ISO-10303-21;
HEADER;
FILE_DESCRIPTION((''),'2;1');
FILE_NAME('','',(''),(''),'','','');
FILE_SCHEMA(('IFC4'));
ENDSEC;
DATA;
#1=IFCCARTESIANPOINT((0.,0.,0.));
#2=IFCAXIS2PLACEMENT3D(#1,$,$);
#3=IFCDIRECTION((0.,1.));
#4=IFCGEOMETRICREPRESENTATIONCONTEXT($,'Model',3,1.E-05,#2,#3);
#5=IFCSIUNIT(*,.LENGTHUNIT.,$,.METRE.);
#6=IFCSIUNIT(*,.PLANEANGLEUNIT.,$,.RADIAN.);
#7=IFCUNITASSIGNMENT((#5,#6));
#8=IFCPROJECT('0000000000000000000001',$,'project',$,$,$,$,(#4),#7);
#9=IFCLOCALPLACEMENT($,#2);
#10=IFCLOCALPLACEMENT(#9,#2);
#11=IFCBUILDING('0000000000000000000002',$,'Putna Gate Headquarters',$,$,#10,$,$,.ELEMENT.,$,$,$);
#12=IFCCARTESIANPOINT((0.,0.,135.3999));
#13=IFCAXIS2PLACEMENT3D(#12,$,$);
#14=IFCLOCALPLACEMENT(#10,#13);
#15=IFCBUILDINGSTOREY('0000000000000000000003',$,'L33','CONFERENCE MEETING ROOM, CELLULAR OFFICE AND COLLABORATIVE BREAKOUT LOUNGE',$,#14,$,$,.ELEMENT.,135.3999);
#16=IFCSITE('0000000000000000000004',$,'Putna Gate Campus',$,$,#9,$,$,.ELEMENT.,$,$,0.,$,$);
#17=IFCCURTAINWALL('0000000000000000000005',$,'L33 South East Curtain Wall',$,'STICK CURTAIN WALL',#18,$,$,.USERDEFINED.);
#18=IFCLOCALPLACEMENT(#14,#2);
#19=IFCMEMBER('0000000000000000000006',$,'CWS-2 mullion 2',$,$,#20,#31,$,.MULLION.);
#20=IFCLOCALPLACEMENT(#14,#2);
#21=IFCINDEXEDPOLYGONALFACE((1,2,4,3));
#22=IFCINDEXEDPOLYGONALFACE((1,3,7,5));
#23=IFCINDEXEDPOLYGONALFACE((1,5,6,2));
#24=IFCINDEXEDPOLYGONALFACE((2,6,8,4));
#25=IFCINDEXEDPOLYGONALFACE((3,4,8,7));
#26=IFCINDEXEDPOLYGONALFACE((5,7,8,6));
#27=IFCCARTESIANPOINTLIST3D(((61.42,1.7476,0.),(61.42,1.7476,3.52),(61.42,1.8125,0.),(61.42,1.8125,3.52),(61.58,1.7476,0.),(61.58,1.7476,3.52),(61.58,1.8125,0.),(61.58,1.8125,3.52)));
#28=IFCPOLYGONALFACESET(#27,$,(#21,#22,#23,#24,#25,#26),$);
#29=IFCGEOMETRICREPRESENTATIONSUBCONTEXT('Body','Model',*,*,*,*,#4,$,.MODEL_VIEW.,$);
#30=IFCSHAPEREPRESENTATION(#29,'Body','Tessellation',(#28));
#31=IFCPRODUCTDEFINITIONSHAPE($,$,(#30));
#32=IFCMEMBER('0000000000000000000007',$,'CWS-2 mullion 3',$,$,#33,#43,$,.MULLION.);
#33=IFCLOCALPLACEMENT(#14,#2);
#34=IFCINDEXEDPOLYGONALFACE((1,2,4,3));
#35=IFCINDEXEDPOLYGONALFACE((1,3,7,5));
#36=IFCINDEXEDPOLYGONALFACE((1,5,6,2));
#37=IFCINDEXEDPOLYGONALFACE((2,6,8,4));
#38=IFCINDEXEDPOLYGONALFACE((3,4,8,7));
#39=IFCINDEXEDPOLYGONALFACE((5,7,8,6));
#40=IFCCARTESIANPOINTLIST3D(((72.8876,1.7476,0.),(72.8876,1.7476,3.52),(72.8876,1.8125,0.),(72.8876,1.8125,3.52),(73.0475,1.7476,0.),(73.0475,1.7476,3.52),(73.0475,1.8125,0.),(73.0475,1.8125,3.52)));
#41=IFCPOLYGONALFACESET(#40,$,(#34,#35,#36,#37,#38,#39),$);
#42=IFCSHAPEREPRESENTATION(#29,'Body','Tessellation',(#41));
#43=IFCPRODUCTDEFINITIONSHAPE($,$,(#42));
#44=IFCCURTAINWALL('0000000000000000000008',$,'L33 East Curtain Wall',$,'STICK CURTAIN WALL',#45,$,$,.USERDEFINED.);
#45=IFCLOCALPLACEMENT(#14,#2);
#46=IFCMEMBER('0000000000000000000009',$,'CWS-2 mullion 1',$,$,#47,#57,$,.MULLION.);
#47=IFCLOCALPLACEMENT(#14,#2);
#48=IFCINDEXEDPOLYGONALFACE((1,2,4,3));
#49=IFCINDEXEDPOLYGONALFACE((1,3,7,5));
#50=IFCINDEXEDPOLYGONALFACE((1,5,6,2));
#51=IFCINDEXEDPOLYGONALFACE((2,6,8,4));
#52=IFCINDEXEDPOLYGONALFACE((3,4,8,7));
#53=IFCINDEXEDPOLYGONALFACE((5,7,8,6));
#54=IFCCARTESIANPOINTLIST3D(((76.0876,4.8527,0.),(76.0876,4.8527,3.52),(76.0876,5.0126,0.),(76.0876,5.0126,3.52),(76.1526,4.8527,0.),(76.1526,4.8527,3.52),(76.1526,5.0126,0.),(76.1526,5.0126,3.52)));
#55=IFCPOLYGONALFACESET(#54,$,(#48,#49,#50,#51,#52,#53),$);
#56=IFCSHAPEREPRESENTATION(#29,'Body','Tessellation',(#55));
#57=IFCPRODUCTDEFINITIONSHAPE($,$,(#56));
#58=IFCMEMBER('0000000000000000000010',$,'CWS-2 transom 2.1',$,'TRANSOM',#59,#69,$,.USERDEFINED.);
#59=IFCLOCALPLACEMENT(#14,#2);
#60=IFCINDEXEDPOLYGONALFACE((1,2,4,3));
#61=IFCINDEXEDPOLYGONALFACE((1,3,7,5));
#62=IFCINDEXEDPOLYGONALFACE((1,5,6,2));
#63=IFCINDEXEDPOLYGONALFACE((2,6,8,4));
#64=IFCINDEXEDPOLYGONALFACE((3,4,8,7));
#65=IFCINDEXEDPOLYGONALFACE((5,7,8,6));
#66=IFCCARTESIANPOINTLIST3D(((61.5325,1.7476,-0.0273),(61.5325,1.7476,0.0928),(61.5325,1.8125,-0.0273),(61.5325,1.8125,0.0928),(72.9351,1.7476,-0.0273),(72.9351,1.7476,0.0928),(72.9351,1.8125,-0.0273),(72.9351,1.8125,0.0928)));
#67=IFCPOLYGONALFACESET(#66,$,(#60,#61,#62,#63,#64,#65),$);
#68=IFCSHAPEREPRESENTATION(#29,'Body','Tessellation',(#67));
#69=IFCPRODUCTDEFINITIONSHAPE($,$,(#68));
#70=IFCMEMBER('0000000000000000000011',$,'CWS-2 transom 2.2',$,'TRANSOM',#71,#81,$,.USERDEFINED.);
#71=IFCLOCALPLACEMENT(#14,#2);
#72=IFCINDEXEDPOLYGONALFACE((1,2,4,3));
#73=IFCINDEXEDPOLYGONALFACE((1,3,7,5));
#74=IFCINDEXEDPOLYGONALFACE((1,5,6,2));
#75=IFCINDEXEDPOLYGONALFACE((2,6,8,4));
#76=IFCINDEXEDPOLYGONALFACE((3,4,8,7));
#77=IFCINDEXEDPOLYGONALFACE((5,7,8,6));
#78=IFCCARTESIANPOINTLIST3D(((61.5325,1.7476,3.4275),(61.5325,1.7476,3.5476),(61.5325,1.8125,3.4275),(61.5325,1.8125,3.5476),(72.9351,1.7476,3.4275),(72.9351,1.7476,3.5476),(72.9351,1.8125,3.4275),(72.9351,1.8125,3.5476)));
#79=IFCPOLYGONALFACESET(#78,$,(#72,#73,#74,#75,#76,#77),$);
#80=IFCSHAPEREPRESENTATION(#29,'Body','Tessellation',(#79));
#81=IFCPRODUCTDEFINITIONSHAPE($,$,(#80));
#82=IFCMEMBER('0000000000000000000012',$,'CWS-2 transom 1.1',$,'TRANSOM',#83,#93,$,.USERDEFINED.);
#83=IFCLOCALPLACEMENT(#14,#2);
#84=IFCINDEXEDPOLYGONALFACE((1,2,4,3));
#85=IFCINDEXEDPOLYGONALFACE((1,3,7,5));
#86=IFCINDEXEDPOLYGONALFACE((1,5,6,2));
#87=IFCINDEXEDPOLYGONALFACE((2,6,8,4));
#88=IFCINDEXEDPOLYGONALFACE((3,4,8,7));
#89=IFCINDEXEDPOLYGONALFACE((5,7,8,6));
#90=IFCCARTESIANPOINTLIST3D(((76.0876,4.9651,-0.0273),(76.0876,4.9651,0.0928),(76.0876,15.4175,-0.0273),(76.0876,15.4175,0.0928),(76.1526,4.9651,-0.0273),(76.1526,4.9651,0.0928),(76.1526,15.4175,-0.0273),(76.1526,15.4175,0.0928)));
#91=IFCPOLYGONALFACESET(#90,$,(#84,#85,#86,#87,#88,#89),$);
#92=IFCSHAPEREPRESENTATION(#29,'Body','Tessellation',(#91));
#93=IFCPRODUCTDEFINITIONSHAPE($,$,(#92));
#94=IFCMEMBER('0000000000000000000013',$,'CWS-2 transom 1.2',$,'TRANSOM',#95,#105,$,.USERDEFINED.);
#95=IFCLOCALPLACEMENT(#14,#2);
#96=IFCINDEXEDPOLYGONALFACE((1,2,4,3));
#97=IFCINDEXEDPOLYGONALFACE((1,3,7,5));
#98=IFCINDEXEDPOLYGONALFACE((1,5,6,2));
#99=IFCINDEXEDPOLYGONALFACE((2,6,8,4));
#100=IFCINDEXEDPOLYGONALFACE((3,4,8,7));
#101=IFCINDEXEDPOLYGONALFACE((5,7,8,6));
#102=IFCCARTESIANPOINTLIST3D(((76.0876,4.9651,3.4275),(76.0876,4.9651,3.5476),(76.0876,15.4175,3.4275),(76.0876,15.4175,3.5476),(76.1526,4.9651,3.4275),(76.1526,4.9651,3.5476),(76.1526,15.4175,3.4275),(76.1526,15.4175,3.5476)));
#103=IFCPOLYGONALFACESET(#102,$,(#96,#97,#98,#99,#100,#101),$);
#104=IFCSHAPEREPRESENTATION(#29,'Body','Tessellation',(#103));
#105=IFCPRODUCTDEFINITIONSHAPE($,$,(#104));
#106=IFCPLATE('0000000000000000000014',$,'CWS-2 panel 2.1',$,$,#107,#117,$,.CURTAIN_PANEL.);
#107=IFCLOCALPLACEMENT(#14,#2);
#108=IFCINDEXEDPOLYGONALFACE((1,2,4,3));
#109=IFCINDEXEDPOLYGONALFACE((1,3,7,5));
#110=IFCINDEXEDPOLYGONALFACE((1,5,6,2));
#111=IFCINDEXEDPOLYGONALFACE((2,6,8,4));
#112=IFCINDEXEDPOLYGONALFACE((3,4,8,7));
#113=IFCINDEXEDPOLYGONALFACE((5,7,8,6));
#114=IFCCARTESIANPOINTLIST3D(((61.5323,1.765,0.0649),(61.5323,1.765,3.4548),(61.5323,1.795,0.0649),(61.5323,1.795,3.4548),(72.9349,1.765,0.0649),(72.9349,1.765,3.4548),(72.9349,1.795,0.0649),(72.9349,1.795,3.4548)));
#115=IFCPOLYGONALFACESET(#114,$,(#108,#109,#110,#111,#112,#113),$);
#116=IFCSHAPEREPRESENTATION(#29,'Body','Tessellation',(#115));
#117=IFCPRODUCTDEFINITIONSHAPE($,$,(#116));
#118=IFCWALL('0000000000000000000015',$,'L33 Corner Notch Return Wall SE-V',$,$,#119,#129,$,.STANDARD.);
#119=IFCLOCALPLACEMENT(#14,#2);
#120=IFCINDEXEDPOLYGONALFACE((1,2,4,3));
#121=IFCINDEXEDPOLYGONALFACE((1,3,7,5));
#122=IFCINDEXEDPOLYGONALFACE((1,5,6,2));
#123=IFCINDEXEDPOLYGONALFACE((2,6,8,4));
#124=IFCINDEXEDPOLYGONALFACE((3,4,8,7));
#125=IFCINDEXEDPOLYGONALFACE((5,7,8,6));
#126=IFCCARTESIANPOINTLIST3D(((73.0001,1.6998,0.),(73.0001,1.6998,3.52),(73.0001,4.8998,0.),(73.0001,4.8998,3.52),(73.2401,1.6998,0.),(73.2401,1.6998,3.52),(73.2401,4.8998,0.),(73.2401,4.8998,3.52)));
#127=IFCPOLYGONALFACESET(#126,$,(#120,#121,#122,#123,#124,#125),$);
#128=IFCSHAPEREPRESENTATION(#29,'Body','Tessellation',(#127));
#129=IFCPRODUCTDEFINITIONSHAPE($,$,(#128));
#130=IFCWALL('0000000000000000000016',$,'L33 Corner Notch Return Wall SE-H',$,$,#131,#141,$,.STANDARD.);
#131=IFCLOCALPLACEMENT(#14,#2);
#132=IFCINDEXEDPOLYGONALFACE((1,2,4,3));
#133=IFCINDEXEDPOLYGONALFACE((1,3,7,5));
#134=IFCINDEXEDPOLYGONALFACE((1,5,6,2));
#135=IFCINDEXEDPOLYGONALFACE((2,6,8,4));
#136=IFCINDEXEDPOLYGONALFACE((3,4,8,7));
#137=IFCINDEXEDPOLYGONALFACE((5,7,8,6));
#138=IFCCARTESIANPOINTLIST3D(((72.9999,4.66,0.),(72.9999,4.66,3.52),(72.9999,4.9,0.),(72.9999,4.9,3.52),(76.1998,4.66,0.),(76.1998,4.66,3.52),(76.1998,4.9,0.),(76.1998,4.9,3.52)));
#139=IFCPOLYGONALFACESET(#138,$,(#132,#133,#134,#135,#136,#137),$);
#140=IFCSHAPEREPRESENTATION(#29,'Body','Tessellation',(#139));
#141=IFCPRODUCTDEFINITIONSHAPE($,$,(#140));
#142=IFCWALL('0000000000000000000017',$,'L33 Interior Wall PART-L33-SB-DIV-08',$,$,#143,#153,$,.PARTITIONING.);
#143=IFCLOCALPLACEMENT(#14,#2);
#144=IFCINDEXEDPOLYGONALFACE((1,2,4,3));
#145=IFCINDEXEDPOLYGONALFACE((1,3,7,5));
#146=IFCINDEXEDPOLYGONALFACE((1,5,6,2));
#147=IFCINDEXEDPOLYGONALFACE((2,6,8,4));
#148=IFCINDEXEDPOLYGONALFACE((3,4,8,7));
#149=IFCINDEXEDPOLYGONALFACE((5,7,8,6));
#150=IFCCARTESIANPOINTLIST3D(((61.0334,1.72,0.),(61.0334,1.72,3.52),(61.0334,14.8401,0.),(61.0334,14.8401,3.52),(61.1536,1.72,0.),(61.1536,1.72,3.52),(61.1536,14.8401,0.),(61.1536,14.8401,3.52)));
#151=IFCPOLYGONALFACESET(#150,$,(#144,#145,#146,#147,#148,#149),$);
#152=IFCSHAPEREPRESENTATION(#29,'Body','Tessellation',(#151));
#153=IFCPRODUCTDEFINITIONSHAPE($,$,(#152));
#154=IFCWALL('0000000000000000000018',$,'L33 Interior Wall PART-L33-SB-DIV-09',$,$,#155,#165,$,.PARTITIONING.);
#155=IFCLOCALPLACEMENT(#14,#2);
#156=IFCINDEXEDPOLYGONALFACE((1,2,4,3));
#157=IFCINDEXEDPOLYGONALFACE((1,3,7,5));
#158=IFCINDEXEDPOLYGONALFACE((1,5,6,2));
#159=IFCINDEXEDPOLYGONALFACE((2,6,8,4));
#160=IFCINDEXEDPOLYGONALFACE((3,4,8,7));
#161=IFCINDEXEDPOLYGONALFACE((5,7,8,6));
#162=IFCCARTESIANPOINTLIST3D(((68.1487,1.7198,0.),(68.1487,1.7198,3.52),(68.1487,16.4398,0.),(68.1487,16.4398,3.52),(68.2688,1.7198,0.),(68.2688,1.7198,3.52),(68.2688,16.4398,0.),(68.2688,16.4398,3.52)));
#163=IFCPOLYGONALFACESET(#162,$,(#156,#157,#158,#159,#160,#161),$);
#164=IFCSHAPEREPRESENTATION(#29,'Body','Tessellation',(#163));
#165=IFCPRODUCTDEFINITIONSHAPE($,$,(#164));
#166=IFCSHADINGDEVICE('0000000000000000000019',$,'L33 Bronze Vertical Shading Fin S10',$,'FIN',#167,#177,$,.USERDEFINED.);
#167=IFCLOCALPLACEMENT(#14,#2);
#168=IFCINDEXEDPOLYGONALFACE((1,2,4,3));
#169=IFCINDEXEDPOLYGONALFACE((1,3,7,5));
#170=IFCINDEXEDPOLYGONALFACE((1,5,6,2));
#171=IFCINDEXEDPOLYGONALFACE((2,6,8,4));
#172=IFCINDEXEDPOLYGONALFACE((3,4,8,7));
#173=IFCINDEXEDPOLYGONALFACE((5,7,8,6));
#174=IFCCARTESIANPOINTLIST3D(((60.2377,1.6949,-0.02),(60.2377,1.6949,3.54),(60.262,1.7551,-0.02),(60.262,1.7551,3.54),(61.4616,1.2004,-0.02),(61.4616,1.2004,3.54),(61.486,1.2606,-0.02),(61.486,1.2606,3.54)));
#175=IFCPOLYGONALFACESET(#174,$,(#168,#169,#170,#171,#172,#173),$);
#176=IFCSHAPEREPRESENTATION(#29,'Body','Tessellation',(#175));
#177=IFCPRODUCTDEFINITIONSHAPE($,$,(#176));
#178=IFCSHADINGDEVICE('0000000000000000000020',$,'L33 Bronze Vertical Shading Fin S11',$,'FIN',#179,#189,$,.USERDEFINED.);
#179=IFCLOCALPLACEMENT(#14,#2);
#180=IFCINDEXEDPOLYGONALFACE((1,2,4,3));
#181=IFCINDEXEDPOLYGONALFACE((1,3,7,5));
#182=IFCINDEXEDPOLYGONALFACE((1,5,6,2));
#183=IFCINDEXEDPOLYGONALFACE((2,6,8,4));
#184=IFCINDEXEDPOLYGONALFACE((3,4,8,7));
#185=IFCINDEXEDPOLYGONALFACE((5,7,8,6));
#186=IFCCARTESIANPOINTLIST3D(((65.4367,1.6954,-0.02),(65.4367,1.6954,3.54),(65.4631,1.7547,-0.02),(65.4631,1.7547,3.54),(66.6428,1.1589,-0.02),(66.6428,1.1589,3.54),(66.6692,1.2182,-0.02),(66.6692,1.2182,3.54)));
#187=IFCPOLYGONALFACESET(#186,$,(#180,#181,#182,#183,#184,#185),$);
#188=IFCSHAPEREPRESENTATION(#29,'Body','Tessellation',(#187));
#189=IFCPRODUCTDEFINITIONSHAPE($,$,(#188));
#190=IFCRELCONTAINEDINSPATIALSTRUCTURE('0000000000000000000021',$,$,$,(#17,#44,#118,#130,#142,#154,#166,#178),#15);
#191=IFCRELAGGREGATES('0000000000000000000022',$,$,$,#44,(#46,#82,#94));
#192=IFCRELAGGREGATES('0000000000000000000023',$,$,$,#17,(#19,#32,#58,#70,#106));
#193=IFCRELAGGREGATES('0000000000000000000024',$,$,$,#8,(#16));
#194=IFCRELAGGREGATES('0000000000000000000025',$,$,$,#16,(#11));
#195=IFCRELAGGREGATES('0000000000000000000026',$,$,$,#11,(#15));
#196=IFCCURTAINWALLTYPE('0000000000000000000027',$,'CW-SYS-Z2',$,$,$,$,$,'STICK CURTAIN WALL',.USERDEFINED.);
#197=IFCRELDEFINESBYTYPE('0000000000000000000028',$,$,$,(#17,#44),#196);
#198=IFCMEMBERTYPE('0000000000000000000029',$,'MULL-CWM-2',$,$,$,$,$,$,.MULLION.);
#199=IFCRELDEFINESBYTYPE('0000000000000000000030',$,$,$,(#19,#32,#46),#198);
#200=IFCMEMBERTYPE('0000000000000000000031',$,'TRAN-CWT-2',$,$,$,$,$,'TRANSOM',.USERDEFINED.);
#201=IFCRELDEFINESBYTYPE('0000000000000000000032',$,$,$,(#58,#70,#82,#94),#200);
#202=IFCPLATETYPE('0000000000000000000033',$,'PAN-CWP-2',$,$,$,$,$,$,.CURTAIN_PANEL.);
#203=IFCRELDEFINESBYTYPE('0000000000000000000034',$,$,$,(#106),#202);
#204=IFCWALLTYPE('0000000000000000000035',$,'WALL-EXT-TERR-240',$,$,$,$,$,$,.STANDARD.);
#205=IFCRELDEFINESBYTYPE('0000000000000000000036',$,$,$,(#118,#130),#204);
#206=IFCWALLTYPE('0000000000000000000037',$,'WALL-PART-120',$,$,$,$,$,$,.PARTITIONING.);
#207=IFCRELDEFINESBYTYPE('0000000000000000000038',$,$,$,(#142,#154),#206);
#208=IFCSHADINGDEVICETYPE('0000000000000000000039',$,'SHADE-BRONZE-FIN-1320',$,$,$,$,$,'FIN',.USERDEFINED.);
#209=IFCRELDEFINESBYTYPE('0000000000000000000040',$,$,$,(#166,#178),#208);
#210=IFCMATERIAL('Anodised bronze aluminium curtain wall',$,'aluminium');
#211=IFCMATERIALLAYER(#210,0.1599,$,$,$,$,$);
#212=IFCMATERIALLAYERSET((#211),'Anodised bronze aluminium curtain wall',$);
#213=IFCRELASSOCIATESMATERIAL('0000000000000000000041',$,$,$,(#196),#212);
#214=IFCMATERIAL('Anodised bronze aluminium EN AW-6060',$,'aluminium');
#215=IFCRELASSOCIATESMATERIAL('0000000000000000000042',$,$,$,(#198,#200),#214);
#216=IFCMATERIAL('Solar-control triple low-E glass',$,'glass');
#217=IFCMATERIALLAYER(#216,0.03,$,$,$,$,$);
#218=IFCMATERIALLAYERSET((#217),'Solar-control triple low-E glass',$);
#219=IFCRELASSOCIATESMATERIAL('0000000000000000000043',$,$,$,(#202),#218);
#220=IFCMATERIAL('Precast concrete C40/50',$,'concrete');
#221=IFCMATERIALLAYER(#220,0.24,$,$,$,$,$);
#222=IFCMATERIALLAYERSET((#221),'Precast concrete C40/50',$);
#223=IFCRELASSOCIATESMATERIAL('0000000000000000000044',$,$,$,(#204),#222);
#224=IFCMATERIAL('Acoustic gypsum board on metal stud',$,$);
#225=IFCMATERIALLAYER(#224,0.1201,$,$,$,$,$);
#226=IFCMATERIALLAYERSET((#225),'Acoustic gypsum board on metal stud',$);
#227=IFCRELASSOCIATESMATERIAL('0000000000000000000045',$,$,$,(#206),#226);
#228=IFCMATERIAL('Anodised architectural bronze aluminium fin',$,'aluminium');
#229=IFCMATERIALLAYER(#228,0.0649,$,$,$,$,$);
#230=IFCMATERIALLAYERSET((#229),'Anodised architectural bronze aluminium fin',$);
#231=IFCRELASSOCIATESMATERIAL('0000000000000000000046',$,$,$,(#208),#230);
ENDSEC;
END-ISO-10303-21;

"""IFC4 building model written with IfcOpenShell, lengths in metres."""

from ifc_helpers import new_model, si_unit, direction, frame, frame_2d, origin, origin_2d, place, context, subcontext, project, spatial, rectangle, extrude, material, layer, layer_set, material_profile, profile_set, type_object, element, aggregate, save


model = new_model("IFC4")

# Units and contexts
model_context = context("Model", 3, precision=1e-05, world=origin(), true_north=direction((0.0, 1.0)))
body_context = subcontext(model_context, "Body", "Model", "MODEL_VIEW")
ifc_project = project(units=[si_unit("LENGTHUNIT", "METRE"), si_unit("PLANEANGLEUNIT", "RADIAN")], contexts=[model_context])

# Site, building, storey
site_placement = place(None, origin())
site = spatial("IfcSite", under=ifc_project, at=site_placement, Name="Putna Gate Campus", CompositionType="ELEMENT", RefElevation=0.0)
building_placement = place(site_placement, origin())
building = spatial("IfcBuilding", under=site, at=building_placement, Name="Putna Gate Headquarters", CompositionType="ELEMENT")
storey_placement = place(building_placement, frame((0.0, 0.0, 135.3999)))
storey = spatial("IfcBuildingStorey", under=building, at=storey_placement, Name="L33", Description="CONFERENCE MEETING ROOM, CELLULAR OFFICE AND COLLABORATIVE BREAKOUT LOUNGE", CompositionType="ELEMENT", Elevation=135.3999)

# Curtain wall, members
ifc_material_1 = material(Name="Anodised bronze aluminium curtain wall", Category="aluminium")
ifc_layer_1 = layer(ifc_material_1, 0.1599)
ifc_layer_set_1 = layer_set([ifc_layer_1], Name="Anodised bronze aluminium curtain wall")
curtain_wall_type = type_object("IfcCurtainWallType", Name="CW-SYS-Z2", ElementType="STICK CURTAIN WALL", PredefinedType="USERDEFINED", material=ifc_layer_set_1)
curtain_wall_1_placement = place(storey_placement, origin())
curtain_wall_1 = element("IfcCurtainWall", 1, at=curtain_wall_1_placement, inside=storey, type_object=curtain_wall_type, Name="L33 South East Curtain Wall", ObjectType="STICK CURTAIN WALL", PredefinedType="USERDEFINED")
ifc_material_2 = material(Name="Anodised bronze aluminium EN AW-6060", Category="aluminium")
ifc_material_profile_1 = material_profile(ifc_material_2, rectangle(XDim=0.0649, YDim=0.1599, at=origin_2d()), Name="Anodised bronze aluminium EN AW-6060")
ifc_profile_set_1 = profile_set([ifc_material_profile_1], Name="Anodised bronze aluminium EN AW-6060")
member_type_1 = type_object("IfcMemberType", Name="MULL-CWM-2", PredefinedType="MULLION", material=ifc_profile_set_1)
member_1_placement = place(storey_placement, frame((61.5, 1.78, 0.0), z_axis=(0.0, 0.0, 1.0), x_axis=(0.0, 1.0, 0.0)))
member_1 = element("IfcMember", 2, at=member_1_placement, type_object=member_type_1, Name="CWS-2 mullion 2", PredefinedType="MULLION", context=body_context, shape_type="SweptSolid", body=[
    extrude(rectangle(XDim=0.0649, YDim=0.1599, at=origin_2d()), origin(), (0.0, 0.0, 1.0), 3.52),
])
member_2_placement = place(storey_placement, frame((72.9675, 1.78, 0.0), z_axis=(0.0, 0.0, 1.0), x_axis=(0.0, 1.0, 0.0)))
member_2 = element("IfcMember", 3, at=member_2_placement, type_object=member_type_1, Name="CWS-2 mullion 3", PredefinedType="MULLION", context=body_context, shape_type="SweptSolid", body=[
    extrude(rectangle(XDim=0.0649, YDim=0.1599, at=origin_2d()), origin(), (0.0, 0.0, 1.0), 3.52),
])

# Curtain wall, member
curtain_wall_2_placement = place(storey_placement, origin())
curtain_wall_2 = element("IfcCurtainWall", 4, at=curtain_wall_2_placement, inside=storey, type_object=curtain_wall_type, Name="L33 East Curtain Wall", ObjectType="STICK CURTAIN WALL", PredefinedType="USERDEFINED")
member_3_placement = place(storey_placement, frame((76.1201, 4.9326, 0.0), z_axis=(0.0, 0.0, 1.0), x_axis=(-1.0, 0.0, 0.0)))
member_3 = element("IfcMember", 5, at=member_3_placement, type_object=member_type_1, Name="CWS-2 mullion 1", PredefinedType="MULLION", context=body_context, shape_type="SweptSolid", body=[
    extrude(rectangle(XDim=0.0649, YDim=0.1599, at=origin_2d()), origin(), (0.0, 0.0, 1.0), 3.52),
])

# Members
ifc_material_profile_2 = material_profile(ifc_material_2, rectangle(XDim=0.0649, YDim=0.1201, at=origin_2d()), Name="Anodised bronze aluminium EN AW-6060")
ifc_profile_set_2 = profile_set([ifc_material_profile_2], Name="Anodised bronze aluminium EN AW-6060")
member_type_2 = type_object("IfcMemberType", Name="TRAN-CWT-2", ElementType="TRANSOM", PredefinedType="USERDEFINED", material=ifc_profile_set_2)
member_4_placement = place(storey_placement, frame((61.5325, 1.78, 0.0327), z_axis=(1.0, 0.0, 0.0), x_axis=(0.0, 1.0, 0.0)))
member_4 = element("IfcMember", 6, at=member_4_placement, type_object=member_type_2, Name="CWS-2 transom 2.1", ObjectType="TRANSOM", PredefinedType="USERDEFINED", context=body_context, shape_type="SweptSolid", body=[
    extrude(rectangle(XDim=0.0649, YDim=0.1201, at=origin_2d()), origin(), (0.0, 0.0, 1.0), 11.4026),
])
member_5_placement = place(storey_placement, frame((61.5325, 1.78, 3.4875), z_axis=(1.0, 0.0, 0.0), x_axis=(0.0, 1.0, 0.0)))
member_5 = element("IfcMember", 7, at=member_5_placement, type_object=member_type_2, Name="CWS-2 transom 2.2", ObjectType="TRANSOM", PredefinedType="USERDEFINED", context=body_context, shape_type="SweptSolid", body=[
    extrude(rectangle(XDim=0.0649, YDim=0.1201, at=origin_2d()), origin(), (0.0, 0.0, 1.0), 11.4026),
])
member_6_placement = place(storey_placement, frame((76.1201, 4.9651, 0.0327), z_axis=(0.0, 1.0, 0.0), x_axis=(-1.0, 0.0, 0.0)))
member_6 = element("IfcMember", 8, at=member_6_placement, type_object=member_type_2, Name="CWS-2 transom 1.1", ObjectType="TRANSOM", PredefinedType="USERDEFINED", context=body_context, shape_type="SweptSolid", body=[
    extrude(rectangle(XDim=0.0649, YDim=0.1201, at=origin_2d()), origin(), (0.0, 0.0, 1.0), 10.4524),
])
member_7_placement = place(storey_placement, frame((76.1201, 4.9651, 3.4875), z_axis=(0.0, 1.0, 0.0), x_axis=(-1.0, 0.0, 0.0)))
member_7 = element("IfcMember", 9, at=member_7_placement, type_object=member_type_2, Name="CWS-2 transom 1.2", ObjectType="TRANSOM", PredefinedType="USERDEFINED", context=body_context, shape_type="SweptSolid", body=[
    extrude(rectangle(XDim=0.0649, YDim=0.1201, at=origin_2d()), origin(), (0.0, 0.0, 1.0), 10.4524),
])
aggregate(curtain_wall_2, [member_3, member_6, member_7])

# Plate
ifc_material_3 = material(Name="Solar-control triple low-E glass", Category="glass")
ifc_layer_2 = layer(ifc_material_3, 0.03)
ifc_layer_set_2 = layer_set([ifc_layer_2], Name="Solar-control triple low-E glass")
plate_type = type_object("IfcPlateType", Name="PAN-CWP-2", PredefinedType="CURTAIN_PANEL", material=ifc_layer_set_2)
plate_placement = place(storey_placement, frame((67.2336, 1.78, 0.0649), z_axis=(0.0, 0.0, 1.0), x_axis=(1.0, 0.0, 0.0)))
plate = element("IfcPlate", 10, at=plate_placement, type_object=plate_type, Name="CWS-2 panel 2.1", PredefinedType="CURTAIN_PANEL", context=body_context, shape_type="SweptSolid", body=[
    extrude(rectangle(XDim=11.4026, YDim=0.03, at=origin_2d()), origin(), (0.0, 0.0, 1.0), 3.3899),
])
aggregate(curtain_wall_1, [member_1, member_2, member_4, member_5, plate])

# Walls
ifc_material_4 = material(Name="Precast concrete C40/50", Category="concrete")
ifc_layer_3 = layer(ifc_material_4, 0.24)
ifc_layer_set_3 = layer_set([ifc_layer_3], Name="Precast concrete C40/50")
wall_type_1 = type_object("IfcWallType", Name="WALL-EXT-TERR-240", PredefinedType="STANDARD", material=ifc_layer_set_3)
for number, where, z_axis, x_axis, name in (
    (11, (73.1201, 4.8999, 0.0), (0.0, 0.0, 1.0), (0.0, -1.0, 0.0), "L33 Corner Notch Return Wall SE-V"),
    (12, (76.2, 4.78, 0.0), (0.0, 0.0, 1.0), (-1.0, 0.0, 0.0), "L33 Corner Notch Return Wall SE-H"),
):
    element("IfcWall", number, at=place(storey_placement, frame(where, z_axis=z_axis, x_axis=x_axis)), inside=storey, type_object=wall_type_1, Name=name, PredefinedType="STANDARD", context=body_context, shape_type="SweptSolid", body=[
        extrude(rectangle(XDim=3.2, YDim=0.24, at=frame_2d((1.6001, 0.0))), origin(), (0.0, 0.0, 1.0), 3.52),
    ])
ifc_material_5 = material(Name="Acoustic gypsum board on metal stud")
ifc_layer_4 = layer(ifc_material_5, 0.1201)
ifc_layer_set_4 = layer_set([ifc_layer_4], Name="Acoustic gypsum board on metal stud")
wall_type_2 = type_object("IfcWallType", Name="WALL-PART-120", PredefinedType="PARTITIONING", material=ifc_layer_set_4)
wall_1_placement = place(storey_placement, frame((61.0935, 1.72, 0.0), z_axis=(0.0, 0.0, 1.0), x_axis=(0.0, 1.0, 0.0)))
element("IfcWall", 13, at=wall_1_placement, inside=storey, type_object=wall_type_2, Name="L33 Interior Wall PART-L33-SB-DIV-08", PredefinedType="PARTITIONING", context=body_context, shape_type="SweptSolid", body=[
    extrude(rectangle(XDim=13.1201, YDim=0.1201, at=frame_2d((6.5601, 0.0))), origin(), (0.0, 0.0, 1.0), 3.52),
])
wall_2_placement = place(storey_placement, frame((68.2087, 1.72, 0.0), z_axis=(0.0, 0.0, 1.0), x_axis=(0.0, 1.0, 0.0)))
element("IfcWall", 14, at=wall_2_placement, inside=storey, type_object=wall_type_2, Name="L33 Interior Wall PART-L33-SB-DIV-09", PredefinedType="PARTITIONING", context=body_context, shape_type="SweptSolid", body=[
    extrude(rectangle(XDim=14.72, YDim=0.1201, at=frame_2d((7.3599, 0.0))), origin(), (0.0, 0.0, 1.0), 3.52),
])

# Shading devices
ifc_material_6 = material(Name="Anodised architectural bronze aluminium fin", Category="aluminium")
ifc_layer_5 = layer(ifc_material_6, 0.0649)
ifc_layer_set_5 = layer_set([ifc_layer_5], Name="Anodised architectural bronze aluminium fin")
shading_device_type = type_object("IfcShadingDeviceType", Name="SHADE-BRONZE-FIN-1320", ElementType="FIN", PredefinedType="USERDEFINED", material=ifc_layer_set_5)
for number, where, z_axis, x_axis, name in (
    (15, (60.8618, 1.4778, -0.02), (0.0, 0.0, 1.0), (0.927184, -0.374607, 0.0), "L33 Bronze Vertical Shading Fin S10"),
    (16, (66.053, 1.4568, -0.02), (0.0, 0.0, 1.0), (0.913687, -0.406418, 0.0), "L33 Bronze Vertical Shading Fin S11"),
):
    element("IfcShadingDevice", number, at=place(storey_placement, frame(where, z_axis=z_axis, x_axis=x_axis)), inside=storey, type_object=shading_device_type, Name=name, ObjectType="FIN", PredefinedType="USERDEFINED", context=body_context, shape_type="SweptSolid", body=[
        extrude(rectangle(XDim=1.3201, YDim=0.0649, at=origin_2d()), origin(), (0.0, 0.0, 1.0), 3.5601),
    ])

save(model, "model.ifc")
